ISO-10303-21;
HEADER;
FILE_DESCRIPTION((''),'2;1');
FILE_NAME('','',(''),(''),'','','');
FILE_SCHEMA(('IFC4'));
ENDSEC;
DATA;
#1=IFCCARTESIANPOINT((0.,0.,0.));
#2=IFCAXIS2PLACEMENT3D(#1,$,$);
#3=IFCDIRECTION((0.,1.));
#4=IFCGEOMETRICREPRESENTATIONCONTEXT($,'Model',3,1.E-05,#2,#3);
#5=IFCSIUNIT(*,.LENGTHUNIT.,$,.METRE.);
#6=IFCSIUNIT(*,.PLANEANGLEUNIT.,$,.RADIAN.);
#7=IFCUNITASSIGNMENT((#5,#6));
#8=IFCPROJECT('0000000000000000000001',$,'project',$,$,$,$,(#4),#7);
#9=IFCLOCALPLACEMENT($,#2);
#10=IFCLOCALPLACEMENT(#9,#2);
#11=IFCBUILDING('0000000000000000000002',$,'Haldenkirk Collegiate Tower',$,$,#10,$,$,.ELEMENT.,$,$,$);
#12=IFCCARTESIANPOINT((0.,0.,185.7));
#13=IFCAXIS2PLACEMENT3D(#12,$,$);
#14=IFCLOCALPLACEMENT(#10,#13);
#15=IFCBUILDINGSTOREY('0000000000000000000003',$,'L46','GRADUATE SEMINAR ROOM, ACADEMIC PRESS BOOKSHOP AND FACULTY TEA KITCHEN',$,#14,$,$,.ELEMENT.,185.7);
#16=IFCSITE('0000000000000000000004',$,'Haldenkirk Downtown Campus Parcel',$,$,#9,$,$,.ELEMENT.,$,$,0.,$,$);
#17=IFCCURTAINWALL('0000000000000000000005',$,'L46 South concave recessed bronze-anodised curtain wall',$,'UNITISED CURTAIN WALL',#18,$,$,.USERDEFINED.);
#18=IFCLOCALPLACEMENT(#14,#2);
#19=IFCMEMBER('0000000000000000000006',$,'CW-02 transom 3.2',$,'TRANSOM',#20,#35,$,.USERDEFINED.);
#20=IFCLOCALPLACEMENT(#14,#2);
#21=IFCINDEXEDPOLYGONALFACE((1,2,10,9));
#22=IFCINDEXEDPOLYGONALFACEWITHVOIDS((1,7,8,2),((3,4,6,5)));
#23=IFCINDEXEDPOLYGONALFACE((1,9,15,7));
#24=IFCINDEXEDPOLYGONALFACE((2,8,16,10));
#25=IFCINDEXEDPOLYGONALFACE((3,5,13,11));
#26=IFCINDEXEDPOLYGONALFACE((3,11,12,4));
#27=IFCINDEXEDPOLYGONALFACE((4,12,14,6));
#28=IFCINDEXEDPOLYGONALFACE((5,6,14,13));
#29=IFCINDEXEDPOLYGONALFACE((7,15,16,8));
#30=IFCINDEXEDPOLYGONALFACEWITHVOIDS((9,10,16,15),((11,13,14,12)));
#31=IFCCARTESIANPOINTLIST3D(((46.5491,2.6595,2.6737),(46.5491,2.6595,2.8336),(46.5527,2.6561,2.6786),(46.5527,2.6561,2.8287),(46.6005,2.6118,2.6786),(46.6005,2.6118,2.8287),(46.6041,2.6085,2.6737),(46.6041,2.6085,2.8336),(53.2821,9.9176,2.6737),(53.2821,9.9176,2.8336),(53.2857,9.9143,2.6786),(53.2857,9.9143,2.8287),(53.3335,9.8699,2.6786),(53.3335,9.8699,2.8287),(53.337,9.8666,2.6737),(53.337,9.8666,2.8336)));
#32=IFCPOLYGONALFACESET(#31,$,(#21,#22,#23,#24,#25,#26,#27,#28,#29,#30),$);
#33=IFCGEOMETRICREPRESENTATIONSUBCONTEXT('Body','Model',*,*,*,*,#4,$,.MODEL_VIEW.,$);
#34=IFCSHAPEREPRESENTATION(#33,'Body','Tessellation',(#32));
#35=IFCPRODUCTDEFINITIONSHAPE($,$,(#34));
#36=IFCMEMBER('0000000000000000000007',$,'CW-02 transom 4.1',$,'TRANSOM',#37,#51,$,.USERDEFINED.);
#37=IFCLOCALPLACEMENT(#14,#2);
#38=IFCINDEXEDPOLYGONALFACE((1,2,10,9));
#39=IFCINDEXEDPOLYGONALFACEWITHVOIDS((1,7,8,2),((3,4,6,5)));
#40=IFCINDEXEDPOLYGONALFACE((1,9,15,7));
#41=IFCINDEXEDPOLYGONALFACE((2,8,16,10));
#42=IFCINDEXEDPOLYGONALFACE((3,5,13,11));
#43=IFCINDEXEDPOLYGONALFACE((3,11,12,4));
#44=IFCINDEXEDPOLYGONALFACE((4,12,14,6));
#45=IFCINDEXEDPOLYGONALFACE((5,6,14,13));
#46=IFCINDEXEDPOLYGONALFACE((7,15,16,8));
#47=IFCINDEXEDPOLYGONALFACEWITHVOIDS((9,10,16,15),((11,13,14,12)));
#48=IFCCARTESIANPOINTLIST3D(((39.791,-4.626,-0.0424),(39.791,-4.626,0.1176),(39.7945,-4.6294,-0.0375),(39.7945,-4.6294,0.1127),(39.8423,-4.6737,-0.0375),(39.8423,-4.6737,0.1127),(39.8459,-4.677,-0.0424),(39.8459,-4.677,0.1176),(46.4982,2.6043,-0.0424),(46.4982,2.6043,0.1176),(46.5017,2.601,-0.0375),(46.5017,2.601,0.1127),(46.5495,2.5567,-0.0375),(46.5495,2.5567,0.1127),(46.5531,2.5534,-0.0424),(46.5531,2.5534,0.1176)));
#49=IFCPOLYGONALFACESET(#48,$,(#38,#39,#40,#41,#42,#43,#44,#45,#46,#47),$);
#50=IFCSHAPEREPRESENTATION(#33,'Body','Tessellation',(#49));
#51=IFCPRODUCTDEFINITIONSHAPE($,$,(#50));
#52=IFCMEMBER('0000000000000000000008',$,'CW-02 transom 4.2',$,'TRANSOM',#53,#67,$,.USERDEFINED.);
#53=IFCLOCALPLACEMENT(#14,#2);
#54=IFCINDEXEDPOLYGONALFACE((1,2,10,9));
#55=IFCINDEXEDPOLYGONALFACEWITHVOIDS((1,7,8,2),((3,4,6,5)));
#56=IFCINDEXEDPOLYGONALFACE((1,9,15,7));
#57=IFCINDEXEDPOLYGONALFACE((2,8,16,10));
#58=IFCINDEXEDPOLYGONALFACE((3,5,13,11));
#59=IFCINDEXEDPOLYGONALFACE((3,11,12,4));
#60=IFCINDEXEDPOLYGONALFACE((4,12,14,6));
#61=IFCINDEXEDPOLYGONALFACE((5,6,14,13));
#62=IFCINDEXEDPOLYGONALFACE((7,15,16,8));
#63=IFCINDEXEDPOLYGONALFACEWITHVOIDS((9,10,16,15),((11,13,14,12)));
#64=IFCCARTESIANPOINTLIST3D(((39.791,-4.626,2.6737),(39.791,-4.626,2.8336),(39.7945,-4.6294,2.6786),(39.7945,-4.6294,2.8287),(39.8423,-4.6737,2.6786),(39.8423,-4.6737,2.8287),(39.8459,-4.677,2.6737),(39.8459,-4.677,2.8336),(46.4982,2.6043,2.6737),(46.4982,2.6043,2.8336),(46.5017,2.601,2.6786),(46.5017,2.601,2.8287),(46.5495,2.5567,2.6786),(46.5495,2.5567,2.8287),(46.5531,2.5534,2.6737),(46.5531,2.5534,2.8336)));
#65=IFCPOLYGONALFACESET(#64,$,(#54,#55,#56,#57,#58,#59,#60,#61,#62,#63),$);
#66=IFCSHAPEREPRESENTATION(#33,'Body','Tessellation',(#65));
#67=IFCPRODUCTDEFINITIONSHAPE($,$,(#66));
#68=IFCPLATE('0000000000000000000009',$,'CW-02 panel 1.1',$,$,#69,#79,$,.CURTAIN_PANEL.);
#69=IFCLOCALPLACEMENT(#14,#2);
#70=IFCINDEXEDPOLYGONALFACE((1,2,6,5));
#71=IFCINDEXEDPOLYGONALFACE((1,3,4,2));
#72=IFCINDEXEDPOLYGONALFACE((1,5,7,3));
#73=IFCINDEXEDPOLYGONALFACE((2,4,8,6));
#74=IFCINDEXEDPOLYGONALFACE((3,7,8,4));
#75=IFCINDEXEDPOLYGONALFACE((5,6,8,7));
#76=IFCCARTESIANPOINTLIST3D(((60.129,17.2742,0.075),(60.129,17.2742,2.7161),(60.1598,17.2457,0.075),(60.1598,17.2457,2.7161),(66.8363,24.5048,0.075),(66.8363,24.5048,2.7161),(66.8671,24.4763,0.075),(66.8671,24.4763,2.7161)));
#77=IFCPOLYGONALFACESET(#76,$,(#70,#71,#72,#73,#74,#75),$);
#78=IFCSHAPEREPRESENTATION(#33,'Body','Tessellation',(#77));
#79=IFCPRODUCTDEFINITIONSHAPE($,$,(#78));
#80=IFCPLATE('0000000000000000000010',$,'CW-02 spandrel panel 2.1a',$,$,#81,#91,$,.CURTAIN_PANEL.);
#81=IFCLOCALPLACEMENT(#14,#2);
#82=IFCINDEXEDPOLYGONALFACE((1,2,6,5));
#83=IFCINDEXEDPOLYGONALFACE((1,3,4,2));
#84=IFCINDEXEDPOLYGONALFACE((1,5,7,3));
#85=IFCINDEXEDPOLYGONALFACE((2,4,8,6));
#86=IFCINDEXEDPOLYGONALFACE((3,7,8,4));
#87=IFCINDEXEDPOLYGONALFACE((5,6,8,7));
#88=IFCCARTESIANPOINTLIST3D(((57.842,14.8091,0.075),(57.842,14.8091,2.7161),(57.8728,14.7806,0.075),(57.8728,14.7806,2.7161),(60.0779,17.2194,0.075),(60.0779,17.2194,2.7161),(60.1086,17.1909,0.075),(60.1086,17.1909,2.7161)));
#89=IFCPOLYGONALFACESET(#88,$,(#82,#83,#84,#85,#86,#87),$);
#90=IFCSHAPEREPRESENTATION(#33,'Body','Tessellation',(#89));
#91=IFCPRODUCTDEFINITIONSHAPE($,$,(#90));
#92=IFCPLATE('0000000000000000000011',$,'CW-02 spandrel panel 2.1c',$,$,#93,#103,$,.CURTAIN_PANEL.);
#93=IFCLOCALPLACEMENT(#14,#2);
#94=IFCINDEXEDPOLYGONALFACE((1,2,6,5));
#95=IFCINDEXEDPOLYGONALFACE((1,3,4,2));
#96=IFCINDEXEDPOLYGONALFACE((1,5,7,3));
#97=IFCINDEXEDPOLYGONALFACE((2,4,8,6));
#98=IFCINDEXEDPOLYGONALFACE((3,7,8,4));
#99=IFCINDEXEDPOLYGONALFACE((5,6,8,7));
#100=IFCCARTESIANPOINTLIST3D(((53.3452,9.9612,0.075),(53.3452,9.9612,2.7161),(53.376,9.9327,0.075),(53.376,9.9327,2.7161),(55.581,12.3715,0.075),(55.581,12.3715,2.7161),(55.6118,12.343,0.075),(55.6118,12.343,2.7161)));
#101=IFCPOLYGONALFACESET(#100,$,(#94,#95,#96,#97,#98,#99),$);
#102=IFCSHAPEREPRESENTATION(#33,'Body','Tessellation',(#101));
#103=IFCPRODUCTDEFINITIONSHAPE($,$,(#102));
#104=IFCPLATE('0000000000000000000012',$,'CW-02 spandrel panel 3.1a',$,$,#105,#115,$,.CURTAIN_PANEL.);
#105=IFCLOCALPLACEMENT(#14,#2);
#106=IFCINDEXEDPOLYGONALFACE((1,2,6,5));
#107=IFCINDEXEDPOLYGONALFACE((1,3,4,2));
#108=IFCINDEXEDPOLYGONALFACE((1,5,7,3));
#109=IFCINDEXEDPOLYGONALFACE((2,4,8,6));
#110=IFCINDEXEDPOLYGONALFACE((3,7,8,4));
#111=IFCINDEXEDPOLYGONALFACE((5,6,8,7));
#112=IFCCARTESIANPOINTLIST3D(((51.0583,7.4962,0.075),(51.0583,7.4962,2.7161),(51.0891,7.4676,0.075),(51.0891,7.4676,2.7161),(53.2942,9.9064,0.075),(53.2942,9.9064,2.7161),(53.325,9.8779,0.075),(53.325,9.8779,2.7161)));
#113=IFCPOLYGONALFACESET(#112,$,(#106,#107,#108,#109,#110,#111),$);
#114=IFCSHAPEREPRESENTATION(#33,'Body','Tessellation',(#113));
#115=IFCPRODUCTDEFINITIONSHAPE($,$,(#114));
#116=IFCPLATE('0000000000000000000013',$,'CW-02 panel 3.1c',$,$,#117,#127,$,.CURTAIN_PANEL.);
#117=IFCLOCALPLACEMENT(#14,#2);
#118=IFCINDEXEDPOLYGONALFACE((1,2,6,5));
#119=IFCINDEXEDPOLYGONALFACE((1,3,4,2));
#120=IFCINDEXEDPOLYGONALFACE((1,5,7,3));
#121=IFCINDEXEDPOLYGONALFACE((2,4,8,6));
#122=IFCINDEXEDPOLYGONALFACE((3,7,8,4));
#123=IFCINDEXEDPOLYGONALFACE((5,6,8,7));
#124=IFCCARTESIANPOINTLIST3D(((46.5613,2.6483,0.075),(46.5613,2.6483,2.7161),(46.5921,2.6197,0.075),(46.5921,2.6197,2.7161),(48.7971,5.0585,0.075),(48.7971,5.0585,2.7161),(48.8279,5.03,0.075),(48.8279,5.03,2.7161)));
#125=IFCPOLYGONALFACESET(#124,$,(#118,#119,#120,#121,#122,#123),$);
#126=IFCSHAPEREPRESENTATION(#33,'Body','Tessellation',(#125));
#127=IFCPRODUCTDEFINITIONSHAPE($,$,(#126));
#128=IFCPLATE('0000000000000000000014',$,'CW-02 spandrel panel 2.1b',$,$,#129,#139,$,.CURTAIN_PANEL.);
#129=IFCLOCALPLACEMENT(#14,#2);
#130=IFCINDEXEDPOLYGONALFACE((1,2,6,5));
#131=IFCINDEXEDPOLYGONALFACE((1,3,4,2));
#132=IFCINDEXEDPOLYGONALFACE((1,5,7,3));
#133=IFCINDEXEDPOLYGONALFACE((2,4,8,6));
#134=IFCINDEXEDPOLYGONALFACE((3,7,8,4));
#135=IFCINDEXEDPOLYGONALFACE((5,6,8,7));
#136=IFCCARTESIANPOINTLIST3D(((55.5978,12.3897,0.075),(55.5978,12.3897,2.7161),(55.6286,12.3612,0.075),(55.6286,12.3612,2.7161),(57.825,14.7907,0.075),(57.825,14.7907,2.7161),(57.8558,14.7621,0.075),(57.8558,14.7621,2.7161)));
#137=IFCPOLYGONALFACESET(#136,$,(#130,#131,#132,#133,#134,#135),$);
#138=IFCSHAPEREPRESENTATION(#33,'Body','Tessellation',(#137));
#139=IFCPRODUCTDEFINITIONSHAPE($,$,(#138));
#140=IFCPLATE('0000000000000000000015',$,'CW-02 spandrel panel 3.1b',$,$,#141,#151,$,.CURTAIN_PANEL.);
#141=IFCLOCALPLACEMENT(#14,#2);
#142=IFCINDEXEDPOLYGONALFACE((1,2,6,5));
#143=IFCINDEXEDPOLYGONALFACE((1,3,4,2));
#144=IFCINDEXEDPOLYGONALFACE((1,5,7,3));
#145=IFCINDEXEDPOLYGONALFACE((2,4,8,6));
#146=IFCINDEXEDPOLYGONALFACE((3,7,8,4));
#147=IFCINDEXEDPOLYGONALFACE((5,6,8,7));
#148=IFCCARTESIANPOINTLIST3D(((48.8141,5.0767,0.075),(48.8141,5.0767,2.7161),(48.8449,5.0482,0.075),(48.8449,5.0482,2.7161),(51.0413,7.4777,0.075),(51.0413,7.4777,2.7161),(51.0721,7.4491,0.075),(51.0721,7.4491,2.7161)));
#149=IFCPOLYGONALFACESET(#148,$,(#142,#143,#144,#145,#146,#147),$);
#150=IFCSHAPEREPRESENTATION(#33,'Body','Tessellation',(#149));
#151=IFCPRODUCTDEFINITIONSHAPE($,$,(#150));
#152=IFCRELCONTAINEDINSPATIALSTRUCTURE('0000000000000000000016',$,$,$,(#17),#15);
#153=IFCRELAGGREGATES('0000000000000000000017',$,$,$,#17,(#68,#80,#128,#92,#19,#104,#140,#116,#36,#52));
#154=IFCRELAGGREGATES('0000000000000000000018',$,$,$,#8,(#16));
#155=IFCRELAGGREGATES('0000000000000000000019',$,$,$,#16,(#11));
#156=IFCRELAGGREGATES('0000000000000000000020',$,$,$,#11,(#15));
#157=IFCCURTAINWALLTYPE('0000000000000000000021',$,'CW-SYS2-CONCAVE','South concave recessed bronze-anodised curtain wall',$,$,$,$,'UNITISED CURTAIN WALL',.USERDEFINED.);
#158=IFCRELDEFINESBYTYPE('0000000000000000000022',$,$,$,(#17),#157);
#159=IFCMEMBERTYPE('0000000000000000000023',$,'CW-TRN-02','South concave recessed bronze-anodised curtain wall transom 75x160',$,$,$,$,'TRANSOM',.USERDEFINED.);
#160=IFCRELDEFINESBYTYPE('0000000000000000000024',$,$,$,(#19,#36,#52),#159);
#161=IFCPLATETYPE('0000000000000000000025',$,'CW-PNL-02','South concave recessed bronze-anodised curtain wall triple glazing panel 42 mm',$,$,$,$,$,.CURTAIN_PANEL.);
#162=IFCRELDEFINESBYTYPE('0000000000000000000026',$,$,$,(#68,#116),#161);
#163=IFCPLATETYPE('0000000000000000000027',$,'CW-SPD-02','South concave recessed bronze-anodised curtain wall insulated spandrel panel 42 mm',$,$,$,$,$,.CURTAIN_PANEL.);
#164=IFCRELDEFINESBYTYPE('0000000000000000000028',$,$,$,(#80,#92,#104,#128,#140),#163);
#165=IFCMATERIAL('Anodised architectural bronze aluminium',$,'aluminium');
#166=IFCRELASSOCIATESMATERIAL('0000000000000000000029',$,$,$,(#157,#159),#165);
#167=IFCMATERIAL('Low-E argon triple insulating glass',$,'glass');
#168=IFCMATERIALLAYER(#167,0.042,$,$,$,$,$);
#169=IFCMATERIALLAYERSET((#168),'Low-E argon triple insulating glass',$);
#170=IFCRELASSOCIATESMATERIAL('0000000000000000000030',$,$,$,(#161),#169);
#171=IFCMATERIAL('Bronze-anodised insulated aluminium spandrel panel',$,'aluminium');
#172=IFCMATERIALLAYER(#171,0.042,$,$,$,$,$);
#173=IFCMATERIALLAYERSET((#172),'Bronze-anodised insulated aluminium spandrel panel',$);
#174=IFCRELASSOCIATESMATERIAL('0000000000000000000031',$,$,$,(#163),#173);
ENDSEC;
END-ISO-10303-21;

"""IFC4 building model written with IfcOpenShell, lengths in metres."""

from ifc_helpers import new_model, si_unit, direction, frame, origin, origin_2d, place, context, subcontext, project, spatial, rectangle, hollow_rectangle, extrude, source, transform, mapped, material, layer, layer_set, material_profile, profile_set, type_object, element, aggregate, save


model = new_model("IFC4")

# Units and contexts
model_context = context("Model", 3, precision=1e-05, world=origin(), true_north=direction((0.0, 1.0)))
body_context = subcontext(model_context, "Body", "Model", "MODEL_VIEW")
ifc_project = project(units=[si_unit("LENGTHUNIT", "METRE"), si_unit("PLANEANGLEUNIT", "RADIAN")], contexts=[model_context])

# Site, building, storey
site_placement = place(None, origin())
site = spatial("IfcSite", under=ifc_project, at=site_placement, Name="Haldenkirk Downtown Campus Parcel", CompositionType="ELEMENT", RefElevation=0.0)
building_placement = place(site_placement, origin())
building = spatial("IfcBuilding", under=site, at=building_placement, Name="Haldenkirk Collegiate Tower", CompositionType="ELEMENT")
storey_placement = place(building_placement, frame((0.0, 0.0, 185.7)))
storey = spatial("IfcBuildingStorey", under=building, at=storey_placement, Name="L46", Description="GRADUATE SEMINAR ROOM, ACADEMIC PRESS BOOKSHOP AND FACULTY TEA KITCHEN", CompositionType="ELEMENT", Elevation=185.7)

# Curtain wall, members, plates
ifc_material_1 = material(Name="Anodised architectural bronze aluminium", Category="aluminium")
curtain_wall_type = type_object("IfcCurtainWallType", Name="CW-SYS2-CONCAVE", Description="South concave recessed bronze-anodised curtain wall", ElementType="UNITISED CURTAIN WALL", PredefinedType="USERDEFINED", material=ifc_material_1)
curtain_wall_placement = place(storey_placement, origin())
curtain_wall = element("IfcCurtainWall", 1, at=curtain_wall_placement, inside=storey, type_object=curtain_wall_type, Name="L46 South concave recessed bronze-anodised curtain wall", ObjectType="UNITISED CURTAIN WALL", PredefinedType="USERDEFINED")
ifc_material_profile_1 = material_profile(ifc_material_1, hollow_rectangle(XDim=0.075, YDim=0.1599, WallThickness=0.0049, at=origin_2d()), Name="CW-TRN-02")
ifc_profile_set_1 = profile_set([ifc_material_profile_1], Name="Anodised architectural bronze aluminium")
member_type_1 = type_object("IfcMemberType", Name="CW-TRN-02", Description="South concave recessed bronze-anodised curtain wall transom 75x160", ElementType="TRANSOM", PredefinedType="USERDEFINED", material=ifc_profile_set_1)
member_1_placement = place(storey_placement, frame((53.3096, 9.8921, 2.7537), z_axis=(-0.680087, -0.733132, 0.0), x_axis=(0.733132, -0.680087, 0.0)))
member_1 = element("IfcMember", 2, at=member_1_placement, type_object=member_type_1, Name="CW-02 transom 3.2", ObjectType="TRANSOM", PredefinedType="USERDEFINED", context=body_context, shape_type="SweptSolid", body=[
    extrude(hollow_rectangle(XDim=0.075, YDim=0.1599, WallThickness=0.0049, at=origin_2d()), origin(), (0.0, 0.0, 1.0), 9.9001),
])
member_2_placement = place(storey_placement, frame((46.5256, 2.5789, 0.0376), z_axis=(-0.680085, -0.733134, 0.0), x_axis=(0.733134, -0.680085, 0.0)))
member_2 = element("IfcMember", 3, at=member_2_placement, type_object=member_type_1, Name="CW-02 transom 4.1", ObjectType="TRANSOM", PredefinedType="USERDEFINED", context=body_context, shape_type="SweptSolid", body=[
    extrude(hollow_rectangle(XDim=0.075, YDim=0.1599, WallThickness=0.0049, at=origin_2d()), origin(), (0.0, 0.0, 1.0), 9.8623),
])
member_3_placement = place(storey_placement, frame((46.5256, 2.5789, 2.7537), z_axis=(-0.680085, -0.733134, 0.0), x_axis=(0.733134, -0.680085, 0.0)))
member_3 = element("IfcMember", 4, at=member_3_placement, type_object=member_type_1, Name="CW-02 transom 4.2", ObjectType="TRANSOM", PredefinedType="USERDEFINED", context=body_context, shape_type="SweptSolid", body=[
    extrude(hollow_rectangle(XDim=0.075, YDim=0.1599, WallThickness=0.0049, at=origin_2d()), origin(), (0.0, 0.0, 1.0), 9.8623),
])
ifc_material_2 = material(Name="Low-E argon triple insulating glass", Category="glass")
ifc_layer_1 = layer(ifc_material_2, 0.042)
ifc_layer_set_1 = layer_set([ifc_layer_1], Name="Low-E argon triple insulating glass")
plate_type_1 = type_object("IfcPlateType", Name="CW-PNL-02", Description="South concave recessed bronze-anodised curtain wall triple glazing panel 42 mm", PredefinedType="CURTAIN_PANEL", material=ifc_layer_set_1)
shared_shape_1 = source(origin(), body_context, "Body", "SweptSolid", [
    extrude(rectangle(XDim=9.8625, YDim=0.042, at=origin_2d()), origin(), (0.0, 0.0, 1.0), 2.6411),
])
plate_1_placement = place(storey_placement, frame((63.498, 20.8752, 0.075), z_axis=(0.0, 0.0, 1.0), x_axis=(-0.68008, -0.733138, 0.0)))
plate_1 = element("IfcPlate", 5, at=plate_1_placement, type_object=plate_type_1, Name="CW-02 panel 1.1", PredefinedType="CURTAIN_PANEL", context=body_context, shape_type="MappedRepresentation", body=[
    mapped(shared_shape_1, transform((0.0, 0.0, 0.0), x_axis=(1.0, 0.0, 0.0), y_axis=(0.0, 1.0, 0.0), z_axis=(0.0, 0.0, 1.0), scale=1.0)),
])
ifc_material_3 = material(Name="Bronze-anodised insulated aluminium spandrel panel", Category="aluminium")
ifc_layer_2 = layer(ifc_material_3, 0.042)
ifc_layer_set_2 = layer_set([ifc_layer_2], Name="Bronze-anodised insulated aluminium spandrel panel")
plate_type_2 = type_object("IfcPlateType", Name="CW-SPD-02", Description="South concave recessed bronze-anodised curtain wall insulated spandrel panel 42 mm", PredefinedType="CURTAIN_PANEL", material=ifc_layer_set_2)
shared_shape_2 = source(origin(), body_context, "Body", "SweptSolid", [
    extrude(rectangle(XDim=3.2876, YDim=0.042, at=origin_2d()), origin(), (0.0, 0.0, 1.0), 2.6411),
])
plate_2_placement = place(storey_placement, frame((58.9753, 16.0, 0.075), z_axis=(0.0, 0.0, 1.0), x_axis=(-0.68008, -0.733138, 0.0)))
plate_2 = element("IfcPlate", 6, at=plate_2_placement, type_object=plate_type_2, Name="CW-02 spandrel panel 2.1a", PredefinedType="CURTAIN_PANEL", context=body_context, shape_type="MappedRepresentation", body=[
    mapped(shared_shape_2, transform((0.0, 0.0, 0.0), x_axis=(1.0, 0.0, 0.0), y_axis=(0.0, 1.0, 0.0), z_axis=(0.0, 0.0, 1.0), scale=1.0)),
])
plate_3_placement = place(storey_placement, frame((54.4785, 11.1521, 0.075), z_axis=(0.0, 0.0, 1.0), x_axis=(-0.68008, -0.733138, 0.0)))
plate_3 = element("IfcPlate", 7, at=plate_3_placement, type_object=plate_type_2, Name="CW-02 spandrel panel 2.1c", PredefinedType="CURTAIN_PANEL", context=body_context, shape_type="MappedRepresentation", body=[
    mapped(shared_shape_2, transform((0.0, 0.0, 0.0), x_axis=(1.0, 0.0, 0.0), y_axis=(0.0, 1.0, 0.0), z_axis=(0.0, 0.0, 1.0), scale=1.0)),
])
plate_4_placement = place(storey_placement, frame((52.1917, 8.687, 0.075), z_axis=(0.0, 0.0, 1.0), x_axis=(-0.68008, -0.733138, 0.0)))
plate_4 = element("IfcPlate", 8, at=plate_4_placement, type_object=plate_type_2, Name="CW-02 spandrel panel 3.1a", PredefinedType="CURTAIN_PANEL", context=body_context, shape_type="MappedRepresentation", body=[
    mapped(shared_shape_2, transform((0.0, 0.0, 0.0), x_axis=(1.0, 0.0, 0.0), y_axis=(0.0, 1.0, 0.0), z_axis=(0.0, 0.0, 1.0), scale=1.0)),
])
plate_5_placement = place(storey_placement, frame((47.6946, 3.8391, 0.075), z_axis=(0.0, 0.0, 1.0), x_axis=(-0.68008, -0.733138, 0.0)))
plate_5 = element("IfcPlate", 9, at=plate_5_placement, type_object=plate_type_1, Name="CW-02 panel 3.1c", PredefinedType="CURTAIN_PANEL", context=body_context, shape_type="MappedRepresentation", body=[
    mapped(shared_shape_2, transform((0.0, 0.0, 0.0), x_axis=(1.0, 0.0, 0.0), y_axis=(0.0, 1.0, 0.0), z_axis=(0.0, 0.0, 1.0), scale=1.0)),
])
shared_shape_3 = source(origin(), body_context, "Body", "SweptSolid", [
    extrude(rectangle(XDim=3.2749, YDim=0.042, at=origin_2d()), origin(), (0.0, 0.0, 1.0), 2.6411),
])
plate_6_placement = place(storey_placement, frame((56.7268, 13.5759, 0.075), z_axis=(0.0, 0.0, 1.0), x_axis=(-0.68008, -0.733138, 0.0)))
plate_6 = element("IfcPlate", 10, at=plate_6_placement, type_object=plate_type_2, Name="CW-02 spandrel panel 2.1b", PredefinedType="CURTAIN_PANEL", context=body_context, shape_type="MappedRepresentation", body=[
    mapped(shared_shape_3, transform((0.0, 0.0, 0.0), x_axis=(1.0, 0.0, 0.0), y_axis=(0.0, 1.0, 0.0), z_axis=(0.0, 0.0, 1.0), scale=1.0)),
])
plate_7_placement = place(storey_placement, frame((49.9431, 6.2629, 0.075), z_axis=(0.0, 0.0, 1.0), x_axis=(-0.68008, -0.733138, 0.0)))
plate_7 = element("IfcPlate", 11, at=plate_7_placement, type_object=plate_type_2, Name="CW-02 spandrel panel 3.1b", PredefinedType="CURTAIN_PANEL", context=body_context, shape_type="MappedRepresentation", body=[
    mapped(shared_shape_3, transform((0.0, 0.0, 0.0), x_axis=(1.0, 0.0, 0.0), y_axis=(0.0, 1.0, 0.0), z_axis=(0.0, 0.0, 1.0), scale=1.0)),
])
aggregate(curtain_wall, [plate_1, plate_2, plate_6, plate_3, member_1, plate_4, plate_7, plate_5, member_2, member_3])

save(model, "model.ifc")
